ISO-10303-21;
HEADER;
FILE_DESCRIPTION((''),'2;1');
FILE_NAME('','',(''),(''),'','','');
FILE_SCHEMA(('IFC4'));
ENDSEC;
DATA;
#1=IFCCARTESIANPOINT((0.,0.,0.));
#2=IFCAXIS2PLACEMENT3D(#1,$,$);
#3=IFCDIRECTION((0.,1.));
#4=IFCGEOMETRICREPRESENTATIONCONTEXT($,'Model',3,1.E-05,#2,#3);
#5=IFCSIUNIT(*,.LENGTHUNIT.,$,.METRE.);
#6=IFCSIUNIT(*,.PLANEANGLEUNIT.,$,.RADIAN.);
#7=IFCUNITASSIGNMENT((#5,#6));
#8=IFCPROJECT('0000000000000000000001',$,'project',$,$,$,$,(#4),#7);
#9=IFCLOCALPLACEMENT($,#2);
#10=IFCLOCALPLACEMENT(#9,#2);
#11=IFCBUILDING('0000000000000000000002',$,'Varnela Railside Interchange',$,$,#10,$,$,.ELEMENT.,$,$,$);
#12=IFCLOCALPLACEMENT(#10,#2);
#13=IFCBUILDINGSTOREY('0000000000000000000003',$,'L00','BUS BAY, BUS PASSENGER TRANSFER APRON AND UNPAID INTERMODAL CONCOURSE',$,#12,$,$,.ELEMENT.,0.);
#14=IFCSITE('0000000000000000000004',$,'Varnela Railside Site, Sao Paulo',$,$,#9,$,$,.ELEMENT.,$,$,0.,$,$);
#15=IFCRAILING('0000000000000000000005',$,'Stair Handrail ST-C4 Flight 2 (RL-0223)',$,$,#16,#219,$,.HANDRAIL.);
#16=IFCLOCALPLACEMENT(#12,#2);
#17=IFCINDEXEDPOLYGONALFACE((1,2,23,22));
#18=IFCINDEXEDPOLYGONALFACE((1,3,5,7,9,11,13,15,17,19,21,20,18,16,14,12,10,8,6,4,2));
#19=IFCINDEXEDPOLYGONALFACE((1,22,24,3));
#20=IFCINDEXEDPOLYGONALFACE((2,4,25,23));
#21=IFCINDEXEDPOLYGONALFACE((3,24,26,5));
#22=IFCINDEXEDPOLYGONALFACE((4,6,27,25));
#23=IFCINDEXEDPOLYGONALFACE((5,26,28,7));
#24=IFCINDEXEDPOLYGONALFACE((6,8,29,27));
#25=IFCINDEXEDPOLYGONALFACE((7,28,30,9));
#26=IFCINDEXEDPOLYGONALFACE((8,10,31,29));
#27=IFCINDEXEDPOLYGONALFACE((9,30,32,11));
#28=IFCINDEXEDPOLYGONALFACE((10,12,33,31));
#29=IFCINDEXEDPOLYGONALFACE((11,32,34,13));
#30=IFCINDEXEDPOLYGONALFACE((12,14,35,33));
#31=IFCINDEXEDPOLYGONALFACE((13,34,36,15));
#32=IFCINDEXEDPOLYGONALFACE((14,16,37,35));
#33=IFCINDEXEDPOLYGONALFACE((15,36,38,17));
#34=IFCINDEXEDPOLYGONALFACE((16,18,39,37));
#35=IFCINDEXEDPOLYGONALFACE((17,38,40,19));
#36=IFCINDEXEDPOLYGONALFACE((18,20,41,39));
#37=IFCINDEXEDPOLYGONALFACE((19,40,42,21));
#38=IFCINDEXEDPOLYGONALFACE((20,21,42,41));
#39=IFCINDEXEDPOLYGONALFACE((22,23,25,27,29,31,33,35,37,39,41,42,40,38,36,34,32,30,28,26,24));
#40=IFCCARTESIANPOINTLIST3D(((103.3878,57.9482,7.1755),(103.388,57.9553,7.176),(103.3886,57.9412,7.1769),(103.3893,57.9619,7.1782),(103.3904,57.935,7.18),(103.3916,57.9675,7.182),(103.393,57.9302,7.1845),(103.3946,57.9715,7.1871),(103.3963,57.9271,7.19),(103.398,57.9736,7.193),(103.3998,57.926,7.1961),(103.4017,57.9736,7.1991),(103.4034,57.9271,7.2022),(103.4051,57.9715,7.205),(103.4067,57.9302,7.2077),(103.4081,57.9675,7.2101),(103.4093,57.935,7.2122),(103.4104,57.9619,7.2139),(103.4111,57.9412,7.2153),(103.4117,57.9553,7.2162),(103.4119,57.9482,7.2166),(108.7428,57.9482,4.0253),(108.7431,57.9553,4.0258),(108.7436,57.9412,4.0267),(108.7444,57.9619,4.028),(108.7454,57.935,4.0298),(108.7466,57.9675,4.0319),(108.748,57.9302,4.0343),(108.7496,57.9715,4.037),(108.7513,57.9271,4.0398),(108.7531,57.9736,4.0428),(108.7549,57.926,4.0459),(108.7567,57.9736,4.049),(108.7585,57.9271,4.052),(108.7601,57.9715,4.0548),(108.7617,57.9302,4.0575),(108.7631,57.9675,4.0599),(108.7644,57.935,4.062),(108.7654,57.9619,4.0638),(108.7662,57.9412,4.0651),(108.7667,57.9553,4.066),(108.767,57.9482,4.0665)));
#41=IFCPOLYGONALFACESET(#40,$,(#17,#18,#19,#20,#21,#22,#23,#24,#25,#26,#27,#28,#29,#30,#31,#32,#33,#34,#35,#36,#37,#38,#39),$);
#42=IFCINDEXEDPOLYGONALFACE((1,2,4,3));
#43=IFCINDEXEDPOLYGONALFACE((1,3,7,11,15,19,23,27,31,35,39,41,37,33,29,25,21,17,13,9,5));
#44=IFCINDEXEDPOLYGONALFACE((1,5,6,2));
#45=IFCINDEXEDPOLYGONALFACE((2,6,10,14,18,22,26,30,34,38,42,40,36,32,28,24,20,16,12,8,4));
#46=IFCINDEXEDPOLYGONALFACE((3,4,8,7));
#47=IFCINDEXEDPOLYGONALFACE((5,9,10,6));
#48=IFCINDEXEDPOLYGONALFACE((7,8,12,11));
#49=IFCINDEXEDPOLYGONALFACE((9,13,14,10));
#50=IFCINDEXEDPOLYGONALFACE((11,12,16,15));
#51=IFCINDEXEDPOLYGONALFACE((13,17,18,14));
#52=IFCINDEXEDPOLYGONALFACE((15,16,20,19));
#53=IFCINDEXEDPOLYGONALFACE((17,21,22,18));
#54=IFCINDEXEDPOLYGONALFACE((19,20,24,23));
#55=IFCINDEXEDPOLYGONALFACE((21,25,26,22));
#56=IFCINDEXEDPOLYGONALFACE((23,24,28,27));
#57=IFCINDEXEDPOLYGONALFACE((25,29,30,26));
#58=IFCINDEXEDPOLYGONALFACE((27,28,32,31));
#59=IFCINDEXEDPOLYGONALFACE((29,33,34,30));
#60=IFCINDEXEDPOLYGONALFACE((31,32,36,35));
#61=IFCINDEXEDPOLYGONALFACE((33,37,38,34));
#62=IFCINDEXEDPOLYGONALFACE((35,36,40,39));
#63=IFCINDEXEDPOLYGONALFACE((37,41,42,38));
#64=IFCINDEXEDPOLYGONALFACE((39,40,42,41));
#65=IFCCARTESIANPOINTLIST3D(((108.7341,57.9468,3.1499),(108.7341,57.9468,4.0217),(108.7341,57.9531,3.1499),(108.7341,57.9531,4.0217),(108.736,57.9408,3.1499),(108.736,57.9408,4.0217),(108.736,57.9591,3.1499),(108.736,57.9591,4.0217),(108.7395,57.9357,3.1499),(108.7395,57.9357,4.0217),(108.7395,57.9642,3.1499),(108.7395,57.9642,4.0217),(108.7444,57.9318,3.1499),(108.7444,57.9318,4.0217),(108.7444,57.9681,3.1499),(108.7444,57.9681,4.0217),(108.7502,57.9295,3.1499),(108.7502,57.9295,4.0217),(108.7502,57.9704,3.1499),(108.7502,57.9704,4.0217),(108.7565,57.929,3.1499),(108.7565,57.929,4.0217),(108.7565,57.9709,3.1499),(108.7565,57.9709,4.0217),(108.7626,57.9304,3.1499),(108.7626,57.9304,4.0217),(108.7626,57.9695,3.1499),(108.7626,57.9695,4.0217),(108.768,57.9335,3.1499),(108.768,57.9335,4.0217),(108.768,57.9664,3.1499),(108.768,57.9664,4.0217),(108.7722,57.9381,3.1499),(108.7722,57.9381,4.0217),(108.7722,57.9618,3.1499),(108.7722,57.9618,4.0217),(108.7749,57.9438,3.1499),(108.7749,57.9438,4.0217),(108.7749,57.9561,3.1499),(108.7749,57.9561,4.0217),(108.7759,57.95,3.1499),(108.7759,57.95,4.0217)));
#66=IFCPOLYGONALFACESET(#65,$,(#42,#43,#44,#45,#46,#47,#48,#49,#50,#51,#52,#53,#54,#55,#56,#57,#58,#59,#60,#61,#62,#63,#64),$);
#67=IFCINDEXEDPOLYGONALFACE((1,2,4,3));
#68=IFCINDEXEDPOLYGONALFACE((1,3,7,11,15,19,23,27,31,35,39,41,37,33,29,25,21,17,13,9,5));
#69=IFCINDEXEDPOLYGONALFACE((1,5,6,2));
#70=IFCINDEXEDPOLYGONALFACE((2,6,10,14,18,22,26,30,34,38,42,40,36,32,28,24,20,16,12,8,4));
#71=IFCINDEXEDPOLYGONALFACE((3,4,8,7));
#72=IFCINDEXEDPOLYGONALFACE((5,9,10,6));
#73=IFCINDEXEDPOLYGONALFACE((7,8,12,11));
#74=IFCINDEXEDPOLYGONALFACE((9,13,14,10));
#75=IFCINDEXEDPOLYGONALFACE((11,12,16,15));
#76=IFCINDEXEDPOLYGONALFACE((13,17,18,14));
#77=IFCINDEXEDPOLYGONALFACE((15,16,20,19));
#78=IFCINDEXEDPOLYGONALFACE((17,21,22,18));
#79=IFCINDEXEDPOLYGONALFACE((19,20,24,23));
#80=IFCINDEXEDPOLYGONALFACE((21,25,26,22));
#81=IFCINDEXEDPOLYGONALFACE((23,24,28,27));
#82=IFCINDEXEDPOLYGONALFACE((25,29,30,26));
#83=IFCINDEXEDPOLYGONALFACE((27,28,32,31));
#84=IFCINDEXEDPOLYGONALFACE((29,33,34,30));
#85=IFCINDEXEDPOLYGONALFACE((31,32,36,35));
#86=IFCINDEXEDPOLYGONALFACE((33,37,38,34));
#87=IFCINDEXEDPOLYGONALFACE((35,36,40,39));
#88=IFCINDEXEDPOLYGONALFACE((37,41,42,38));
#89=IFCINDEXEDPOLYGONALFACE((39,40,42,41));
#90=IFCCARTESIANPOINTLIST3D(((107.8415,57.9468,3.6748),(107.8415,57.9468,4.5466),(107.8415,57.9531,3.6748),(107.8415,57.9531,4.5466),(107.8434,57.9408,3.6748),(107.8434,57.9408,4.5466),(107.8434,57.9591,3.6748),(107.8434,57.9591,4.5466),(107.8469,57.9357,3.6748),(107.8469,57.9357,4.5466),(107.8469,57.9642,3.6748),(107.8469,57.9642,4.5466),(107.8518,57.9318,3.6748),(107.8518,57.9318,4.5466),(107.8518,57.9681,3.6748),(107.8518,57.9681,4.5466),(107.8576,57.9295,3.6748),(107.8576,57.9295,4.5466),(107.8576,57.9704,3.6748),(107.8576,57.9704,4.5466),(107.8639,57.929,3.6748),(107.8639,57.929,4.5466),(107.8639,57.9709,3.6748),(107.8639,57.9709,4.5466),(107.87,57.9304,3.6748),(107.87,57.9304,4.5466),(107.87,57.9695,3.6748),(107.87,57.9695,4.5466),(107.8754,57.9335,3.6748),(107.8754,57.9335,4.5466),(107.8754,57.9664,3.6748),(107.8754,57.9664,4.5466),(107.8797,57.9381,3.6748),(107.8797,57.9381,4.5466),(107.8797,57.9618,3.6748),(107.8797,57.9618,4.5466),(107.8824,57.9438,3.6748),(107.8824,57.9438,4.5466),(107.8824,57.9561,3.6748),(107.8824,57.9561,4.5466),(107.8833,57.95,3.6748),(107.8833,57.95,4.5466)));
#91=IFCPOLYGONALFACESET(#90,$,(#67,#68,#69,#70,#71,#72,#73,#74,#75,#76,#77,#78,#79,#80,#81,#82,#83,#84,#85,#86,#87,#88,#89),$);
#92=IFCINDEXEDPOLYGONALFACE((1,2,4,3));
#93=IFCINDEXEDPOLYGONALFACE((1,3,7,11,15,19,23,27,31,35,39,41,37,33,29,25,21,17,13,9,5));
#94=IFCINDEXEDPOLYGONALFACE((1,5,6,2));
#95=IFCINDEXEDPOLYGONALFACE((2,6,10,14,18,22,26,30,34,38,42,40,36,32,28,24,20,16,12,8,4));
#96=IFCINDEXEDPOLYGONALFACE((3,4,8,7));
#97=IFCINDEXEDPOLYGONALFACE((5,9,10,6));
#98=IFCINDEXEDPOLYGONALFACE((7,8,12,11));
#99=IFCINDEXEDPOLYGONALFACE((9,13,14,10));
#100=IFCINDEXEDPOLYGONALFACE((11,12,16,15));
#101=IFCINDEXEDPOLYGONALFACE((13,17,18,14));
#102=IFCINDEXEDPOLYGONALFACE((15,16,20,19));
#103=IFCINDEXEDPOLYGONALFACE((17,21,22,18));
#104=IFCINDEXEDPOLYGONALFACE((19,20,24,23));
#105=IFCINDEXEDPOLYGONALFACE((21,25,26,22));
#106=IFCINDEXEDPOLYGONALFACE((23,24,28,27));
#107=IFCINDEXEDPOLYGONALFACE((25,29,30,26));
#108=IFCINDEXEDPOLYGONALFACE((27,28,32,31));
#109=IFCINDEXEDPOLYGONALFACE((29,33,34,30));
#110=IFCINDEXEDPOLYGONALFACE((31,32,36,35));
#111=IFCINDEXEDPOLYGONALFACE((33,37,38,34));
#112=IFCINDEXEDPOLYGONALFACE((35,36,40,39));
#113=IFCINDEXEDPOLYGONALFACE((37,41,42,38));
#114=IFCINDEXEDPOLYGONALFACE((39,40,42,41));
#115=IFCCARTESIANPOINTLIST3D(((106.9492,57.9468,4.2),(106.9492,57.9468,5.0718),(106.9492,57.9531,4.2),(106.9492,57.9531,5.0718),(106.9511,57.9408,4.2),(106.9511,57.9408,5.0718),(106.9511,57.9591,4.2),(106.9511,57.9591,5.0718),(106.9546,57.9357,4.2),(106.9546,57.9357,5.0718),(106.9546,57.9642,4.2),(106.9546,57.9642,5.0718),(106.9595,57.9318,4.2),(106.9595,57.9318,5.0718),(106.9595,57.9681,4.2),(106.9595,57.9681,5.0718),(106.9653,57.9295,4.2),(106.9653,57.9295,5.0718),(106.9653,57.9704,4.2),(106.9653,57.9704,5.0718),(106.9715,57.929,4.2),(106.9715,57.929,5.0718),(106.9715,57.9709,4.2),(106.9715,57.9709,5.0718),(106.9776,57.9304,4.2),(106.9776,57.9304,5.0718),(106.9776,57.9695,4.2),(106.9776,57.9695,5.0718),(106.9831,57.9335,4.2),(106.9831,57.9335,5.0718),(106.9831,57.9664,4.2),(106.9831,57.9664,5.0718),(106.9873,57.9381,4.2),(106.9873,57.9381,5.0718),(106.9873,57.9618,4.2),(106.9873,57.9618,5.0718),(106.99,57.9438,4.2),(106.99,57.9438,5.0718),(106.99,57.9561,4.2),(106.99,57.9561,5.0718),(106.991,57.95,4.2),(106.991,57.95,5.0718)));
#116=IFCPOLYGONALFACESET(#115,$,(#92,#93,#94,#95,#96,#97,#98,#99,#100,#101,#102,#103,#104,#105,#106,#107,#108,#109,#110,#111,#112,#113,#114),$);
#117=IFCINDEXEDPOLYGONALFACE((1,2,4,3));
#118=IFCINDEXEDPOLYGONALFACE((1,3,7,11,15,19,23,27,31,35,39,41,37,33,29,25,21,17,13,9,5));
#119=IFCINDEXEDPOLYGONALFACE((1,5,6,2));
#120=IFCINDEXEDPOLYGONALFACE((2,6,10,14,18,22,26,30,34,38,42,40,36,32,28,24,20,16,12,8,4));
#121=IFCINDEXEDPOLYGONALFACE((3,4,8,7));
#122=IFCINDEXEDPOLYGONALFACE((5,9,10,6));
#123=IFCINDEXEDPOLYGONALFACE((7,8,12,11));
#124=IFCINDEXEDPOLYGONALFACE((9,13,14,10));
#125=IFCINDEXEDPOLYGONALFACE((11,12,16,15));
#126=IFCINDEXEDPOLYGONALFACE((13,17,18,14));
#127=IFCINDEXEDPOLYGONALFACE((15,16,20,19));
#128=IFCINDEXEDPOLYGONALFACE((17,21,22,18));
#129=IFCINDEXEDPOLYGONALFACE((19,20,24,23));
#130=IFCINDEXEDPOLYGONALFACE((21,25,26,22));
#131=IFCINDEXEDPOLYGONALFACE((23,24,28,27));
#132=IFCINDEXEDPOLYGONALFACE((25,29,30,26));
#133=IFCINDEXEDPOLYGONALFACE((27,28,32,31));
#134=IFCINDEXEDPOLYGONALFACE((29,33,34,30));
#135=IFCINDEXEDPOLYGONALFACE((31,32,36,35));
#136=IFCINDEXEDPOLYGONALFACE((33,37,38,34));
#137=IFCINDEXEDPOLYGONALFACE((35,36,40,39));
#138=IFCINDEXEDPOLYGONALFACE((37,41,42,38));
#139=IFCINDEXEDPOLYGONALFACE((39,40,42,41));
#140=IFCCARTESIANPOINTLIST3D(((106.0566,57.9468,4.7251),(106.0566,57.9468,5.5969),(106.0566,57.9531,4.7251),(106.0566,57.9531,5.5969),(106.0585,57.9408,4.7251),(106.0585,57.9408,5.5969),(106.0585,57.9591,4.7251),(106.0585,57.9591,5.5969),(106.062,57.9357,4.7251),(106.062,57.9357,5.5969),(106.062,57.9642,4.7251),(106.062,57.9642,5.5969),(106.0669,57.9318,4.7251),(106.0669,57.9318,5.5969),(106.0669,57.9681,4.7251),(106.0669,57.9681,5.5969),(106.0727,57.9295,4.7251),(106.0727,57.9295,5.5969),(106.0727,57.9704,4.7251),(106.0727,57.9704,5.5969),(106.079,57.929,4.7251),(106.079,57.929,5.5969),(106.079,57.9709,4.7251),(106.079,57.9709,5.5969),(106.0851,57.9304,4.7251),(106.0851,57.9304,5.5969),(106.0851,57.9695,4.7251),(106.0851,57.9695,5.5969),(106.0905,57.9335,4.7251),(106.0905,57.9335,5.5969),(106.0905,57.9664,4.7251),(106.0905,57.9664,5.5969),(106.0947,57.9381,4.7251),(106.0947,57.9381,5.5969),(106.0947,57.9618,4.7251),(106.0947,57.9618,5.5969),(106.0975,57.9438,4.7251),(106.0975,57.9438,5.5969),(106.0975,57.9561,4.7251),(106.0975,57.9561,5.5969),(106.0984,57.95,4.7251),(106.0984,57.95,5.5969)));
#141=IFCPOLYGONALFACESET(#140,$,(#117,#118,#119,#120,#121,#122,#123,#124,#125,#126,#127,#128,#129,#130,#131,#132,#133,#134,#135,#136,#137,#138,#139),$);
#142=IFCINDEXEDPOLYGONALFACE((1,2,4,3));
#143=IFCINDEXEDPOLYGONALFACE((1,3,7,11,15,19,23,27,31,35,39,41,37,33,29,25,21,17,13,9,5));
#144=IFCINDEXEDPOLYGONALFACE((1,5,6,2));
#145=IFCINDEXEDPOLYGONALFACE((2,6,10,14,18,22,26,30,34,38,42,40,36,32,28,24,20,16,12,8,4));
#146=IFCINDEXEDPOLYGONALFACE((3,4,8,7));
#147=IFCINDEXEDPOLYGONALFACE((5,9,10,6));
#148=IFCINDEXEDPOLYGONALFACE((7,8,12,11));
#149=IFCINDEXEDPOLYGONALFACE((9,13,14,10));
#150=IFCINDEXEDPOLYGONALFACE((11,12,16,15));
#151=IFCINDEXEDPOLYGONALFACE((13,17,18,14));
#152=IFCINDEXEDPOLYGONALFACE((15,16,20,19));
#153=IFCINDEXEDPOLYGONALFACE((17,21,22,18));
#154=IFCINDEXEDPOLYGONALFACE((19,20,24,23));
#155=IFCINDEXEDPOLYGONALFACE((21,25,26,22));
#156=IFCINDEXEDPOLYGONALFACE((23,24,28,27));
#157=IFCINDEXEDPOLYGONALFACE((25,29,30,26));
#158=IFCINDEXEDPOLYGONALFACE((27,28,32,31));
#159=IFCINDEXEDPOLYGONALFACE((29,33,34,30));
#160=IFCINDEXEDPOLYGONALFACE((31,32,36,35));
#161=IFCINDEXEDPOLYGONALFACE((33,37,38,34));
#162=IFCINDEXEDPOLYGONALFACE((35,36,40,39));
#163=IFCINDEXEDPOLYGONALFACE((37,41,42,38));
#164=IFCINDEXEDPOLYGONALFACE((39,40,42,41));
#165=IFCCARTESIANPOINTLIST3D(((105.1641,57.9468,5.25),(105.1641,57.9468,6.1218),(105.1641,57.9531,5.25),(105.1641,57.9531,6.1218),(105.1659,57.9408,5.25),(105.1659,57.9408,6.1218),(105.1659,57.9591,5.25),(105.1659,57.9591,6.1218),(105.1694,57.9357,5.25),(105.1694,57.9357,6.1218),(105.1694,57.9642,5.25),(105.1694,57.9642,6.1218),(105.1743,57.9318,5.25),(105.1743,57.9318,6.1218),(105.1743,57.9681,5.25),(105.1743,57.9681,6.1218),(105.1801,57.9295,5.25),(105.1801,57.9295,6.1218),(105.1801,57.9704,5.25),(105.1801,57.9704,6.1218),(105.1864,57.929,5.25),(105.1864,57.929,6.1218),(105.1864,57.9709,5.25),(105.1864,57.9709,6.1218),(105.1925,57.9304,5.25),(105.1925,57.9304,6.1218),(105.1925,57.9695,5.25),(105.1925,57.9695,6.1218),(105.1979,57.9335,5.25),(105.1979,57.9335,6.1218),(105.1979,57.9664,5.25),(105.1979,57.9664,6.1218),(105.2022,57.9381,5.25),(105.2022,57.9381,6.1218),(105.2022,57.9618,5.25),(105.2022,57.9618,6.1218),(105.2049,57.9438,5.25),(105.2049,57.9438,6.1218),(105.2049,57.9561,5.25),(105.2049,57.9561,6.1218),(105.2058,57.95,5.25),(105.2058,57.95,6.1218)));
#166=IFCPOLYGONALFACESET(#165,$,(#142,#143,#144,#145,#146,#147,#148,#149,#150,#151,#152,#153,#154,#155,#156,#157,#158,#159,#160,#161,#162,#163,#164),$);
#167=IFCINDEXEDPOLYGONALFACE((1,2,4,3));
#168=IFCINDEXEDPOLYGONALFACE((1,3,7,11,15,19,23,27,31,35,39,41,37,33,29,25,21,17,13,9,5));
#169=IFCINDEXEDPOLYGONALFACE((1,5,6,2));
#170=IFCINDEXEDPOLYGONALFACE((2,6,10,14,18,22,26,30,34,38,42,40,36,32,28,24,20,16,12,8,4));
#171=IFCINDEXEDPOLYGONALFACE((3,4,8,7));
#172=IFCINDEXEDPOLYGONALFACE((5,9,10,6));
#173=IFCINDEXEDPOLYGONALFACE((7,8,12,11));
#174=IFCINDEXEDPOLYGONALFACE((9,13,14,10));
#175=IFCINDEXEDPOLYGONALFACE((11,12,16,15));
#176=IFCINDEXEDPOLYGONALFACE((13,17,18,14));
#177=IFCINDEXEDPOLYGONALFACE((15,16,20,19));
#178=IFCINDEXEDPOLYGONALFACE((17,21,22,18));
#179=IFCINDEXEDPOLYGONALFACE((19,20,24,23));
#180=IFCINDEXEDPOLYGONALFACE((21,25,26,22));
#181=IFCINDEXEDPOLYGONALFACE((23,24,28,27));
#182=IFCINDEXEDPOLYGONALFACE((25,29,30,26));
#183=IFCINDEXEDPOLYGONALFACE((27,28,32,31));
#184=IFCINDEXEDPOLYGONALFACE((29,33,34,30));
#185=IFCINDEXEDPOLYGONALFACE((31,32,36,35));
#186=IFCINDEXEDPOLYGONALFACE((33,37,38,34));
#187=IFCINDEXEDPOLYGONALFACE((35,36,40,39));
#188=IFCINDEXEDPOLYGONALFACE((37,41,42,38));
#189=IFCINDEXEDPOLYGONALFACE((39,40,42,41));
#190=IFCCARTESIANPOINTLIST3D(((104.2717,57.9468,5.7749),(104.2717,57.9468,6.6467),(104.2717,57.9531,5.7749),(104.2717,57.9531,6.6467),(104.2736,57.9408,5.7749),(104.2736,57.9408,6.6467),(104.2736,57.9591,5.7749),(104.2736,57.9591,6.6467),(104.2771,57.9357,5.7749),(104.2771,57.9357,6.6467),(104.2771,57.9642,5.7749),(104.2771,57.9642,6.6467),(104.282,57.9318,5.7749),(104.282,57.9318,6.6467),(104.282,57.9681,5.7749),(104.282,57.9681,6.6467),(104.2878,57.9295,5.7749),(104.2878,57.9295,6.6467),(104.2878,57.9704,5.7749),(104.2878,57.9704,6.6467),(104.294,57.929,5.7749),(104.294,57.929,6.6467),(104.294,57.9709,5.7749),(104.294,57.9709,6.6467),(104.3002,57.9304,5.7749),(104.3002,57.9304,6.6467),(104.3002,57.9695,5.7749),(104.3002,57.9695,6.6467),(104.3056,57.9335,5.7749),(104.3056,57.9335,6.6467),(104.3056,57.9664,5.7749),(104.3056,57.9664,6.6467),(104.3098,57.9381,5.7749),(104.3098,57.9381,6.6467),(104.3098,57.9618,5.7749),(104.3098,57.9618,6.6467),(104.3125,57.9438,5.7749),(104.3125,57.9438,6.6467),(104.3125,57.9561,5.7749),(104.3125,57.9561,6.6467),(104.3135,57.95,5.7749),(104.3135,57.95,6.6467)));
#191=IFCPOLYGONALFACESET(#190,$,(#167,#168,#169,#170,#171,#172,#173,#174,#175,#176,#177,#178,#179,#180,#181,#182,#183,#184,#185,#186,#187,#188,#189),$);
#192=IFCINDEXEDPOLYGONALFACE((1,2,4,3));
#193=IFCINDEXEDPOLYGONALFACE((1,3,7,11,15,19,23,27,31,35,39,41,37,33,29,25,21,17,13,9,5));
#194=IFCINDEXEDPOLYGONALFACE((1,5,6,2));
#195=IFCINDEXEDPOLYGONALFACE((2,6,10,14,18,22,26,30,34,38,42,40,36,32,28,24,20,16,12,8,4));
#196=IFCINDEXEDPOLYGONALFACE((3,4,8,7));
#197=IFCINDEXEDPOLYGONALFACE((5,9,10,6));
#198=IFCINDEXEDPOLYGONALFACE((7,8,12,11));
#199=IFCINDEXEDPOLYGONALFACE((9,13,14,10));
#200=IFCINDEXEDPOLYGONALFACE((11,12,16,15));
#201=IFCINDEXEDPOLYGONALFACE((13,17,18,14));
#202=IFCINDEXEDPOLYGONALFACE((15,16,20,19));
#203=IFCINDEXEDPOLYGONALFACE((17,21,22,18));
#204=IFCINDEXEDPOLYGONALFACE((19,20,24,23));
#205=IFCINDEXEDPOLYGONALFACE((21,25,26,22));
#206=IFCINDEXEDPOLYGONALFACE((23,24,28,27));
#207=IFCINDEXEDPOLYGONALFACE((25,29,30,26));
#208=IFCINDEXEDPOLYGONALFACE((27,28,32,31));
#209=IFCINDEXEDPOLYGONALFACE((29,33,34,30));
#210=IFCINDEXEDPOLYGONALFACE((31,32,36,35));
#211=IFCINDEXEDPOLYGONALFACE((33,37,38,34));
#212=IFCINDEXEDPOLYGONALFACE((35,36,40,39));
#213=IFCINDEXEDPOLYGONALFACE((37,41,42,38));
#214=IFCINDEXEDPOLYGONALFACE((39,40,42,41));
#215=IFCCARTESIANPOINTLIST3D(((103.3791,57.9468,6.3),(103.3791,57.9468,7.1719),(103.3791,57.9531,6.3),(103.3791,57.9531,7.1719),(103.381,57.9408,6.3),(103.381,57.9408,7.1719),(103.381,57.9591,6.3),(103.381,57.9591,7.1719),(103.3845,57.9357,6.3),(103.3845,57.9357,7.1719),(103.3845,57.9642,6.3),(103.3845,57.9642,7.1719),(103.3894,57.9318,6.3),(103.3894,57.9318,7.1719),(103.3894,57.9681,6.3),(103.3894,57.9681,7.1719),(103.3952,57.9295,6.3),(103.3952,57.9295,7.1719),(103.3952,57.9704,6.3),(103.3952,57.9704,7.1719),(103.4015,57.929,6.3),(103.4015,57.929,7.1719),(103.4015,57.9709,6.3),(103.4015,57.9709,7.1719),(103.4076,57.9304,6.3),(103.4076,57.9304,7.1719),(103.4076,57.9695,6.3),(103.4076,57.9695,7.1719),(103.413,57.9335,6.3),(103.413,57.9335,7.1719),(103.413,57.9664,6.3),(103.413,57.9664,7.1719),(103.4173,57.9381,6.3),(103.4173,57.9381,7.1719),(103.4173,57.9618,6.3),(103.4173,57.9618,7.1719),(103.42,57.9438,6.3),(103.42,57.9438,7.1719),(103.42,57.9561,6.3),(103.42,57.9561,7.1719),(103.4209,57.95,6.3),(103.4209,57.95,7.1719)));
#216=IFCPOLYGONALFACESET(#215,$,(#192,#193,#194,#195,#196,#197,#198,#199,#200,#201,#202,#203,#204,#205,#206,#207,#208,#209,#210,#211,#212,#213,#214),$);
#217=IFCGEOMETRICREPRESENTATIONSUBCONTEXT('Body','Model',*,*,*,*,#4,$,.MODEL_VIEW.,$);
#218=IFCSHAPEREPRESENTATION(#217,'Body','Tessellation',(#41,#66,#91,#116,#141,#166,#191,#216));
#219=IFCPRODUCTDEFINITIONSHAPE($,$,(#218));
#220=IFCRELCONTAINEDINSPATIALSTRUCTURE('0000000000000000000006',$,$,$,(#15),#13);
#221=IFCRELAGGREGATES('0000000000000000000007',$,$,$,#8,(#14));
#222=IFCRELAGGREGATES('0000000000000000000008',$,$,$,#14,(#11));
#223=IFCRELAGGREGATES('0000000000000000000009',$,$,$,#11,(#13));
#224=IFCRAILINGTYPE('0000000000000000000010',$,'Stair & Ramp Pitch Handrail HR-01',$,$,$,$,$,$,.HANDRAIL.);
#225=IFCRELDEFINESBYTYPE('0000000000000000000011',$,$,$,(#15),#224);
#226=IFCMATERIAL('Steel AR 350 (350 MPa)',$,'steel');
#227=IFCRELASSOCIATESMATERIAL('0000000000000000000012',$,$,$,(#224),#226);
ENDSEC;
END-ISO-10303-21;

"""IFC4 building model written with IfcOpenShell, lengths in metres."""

from ifc_helpers import new_model, si_unit, direction, frame, origin, origin_2d, place, context, subcontext, project, spatial, circle, extrude, material, type_object, element, save


model = new_model("IFC4")

# Units and contexts
model_context = context("Model", 3, precision=1e-05, world=origin(), true_north=direction((0.0, 1.0)))
body_context = subcontext(model_context, "Body", "Model", "MODEL_VIEW")
ifc_project = project(units=[si_unit("LENGTHUNIT", "METRE"), si_unit("PLANEANGLEUNIT", "RADIAN")], contexts=[model_context])

# Site, building, storey
site_placement = place(None, origin())
site = spatial("IfcSite", under=ifc_project, at=site_placement, Name="Varnela Railside Site, Sao Paulo", CompositionType="ELEMENT", RefElevation=0.0)
building_placement = place(site_placement, origin())
building = spatial("IfcBuilding", under=site, at=building_placement, Name="Varnela Railside Interchange", CompositionType="ELEMENT")
storey_placement = place(building_placement, origin())
storey = spatial("IfcBuildingStorey", under=building, at=storey_placement, Name="L00", Description="BUS BAY, BUS PASSENGER TRANSFER APRON AND UNPAID INTERMODAL CONCOURSE", CompositionType="ELEMENT", Elevation=0.0)

# Shared definitions
ifc_material_1 = material(Name="Steel AR 350 (350 MPa)", Category="steel")

# Railing
railing_type_1 = type_object("IfcRailingType", Name="Stair & Ramp Pitch Handrail HR-01", PredefinedType="HANDRAIL", material=ifc_material_1)
railing_1_placement = place(storey_placement, frame((108.7549, 57.95, 3.1499)))
element("IfcRailing", 1, at=railing_1_placement, inside=storey, type_object=railing_type_1, Name="Stair Handrail ST-C4 Flight 2 (RL-0223)", PredefinedType="HANDRAIL", context=body_context, shape_type="SweptSolid", body=[
    extrude(circle(Radius=0.0239, at=origin_2d()), frame((0.0, 0.0, 0.896), z_axis=(-0.861923, 0.0, 0.507039), x_axis=(0.0, -1.0, 0.0)), (0.0, 0.0, 1.0), 6.2129),
    extrude(circle(Radius=0.021, at=origin_2d()), origin(), (0.0, 0.0, 1.0), 0.8718),
    extrude(circle(Radius=0.021, at=origin_2d()), frame((-0.8926, 0.0, 0.5249)), (0.0, 0.0, 1.0), 0.8718),
    extrude(circle(Radius=0.021, at=origin_2d()), frame((-1.7849, 0.0, 1.05)), (0.0, 0.0, 1.0), 0.8718),
    extrude(circle(Radius=0.021, at=origin_2d()), frame((-2.6775, 0.0, 1.5752)), (0.0, 0.0, 1.0), 0.8718),
    extrude(circle(Radius=0.021, at=origin_2d()), frame((-3.5701, 0.0, 2.1001)), (0.0, 0.0, 1.0), 0.8718),
    extrude(circle(Radius=0.021, at=origin_2d()), frame((-4.4624, 0.0, 2.625)), (0.0, 0.0, 1.0), 0.8718),
    extrude(circle(Radius=0.021, at=origin_2d()), frame((-5.355, 0.0, 3.1501)), (0.0, 0.0, 1.0), 0.8718),
])

save(model, "model.ifc")
